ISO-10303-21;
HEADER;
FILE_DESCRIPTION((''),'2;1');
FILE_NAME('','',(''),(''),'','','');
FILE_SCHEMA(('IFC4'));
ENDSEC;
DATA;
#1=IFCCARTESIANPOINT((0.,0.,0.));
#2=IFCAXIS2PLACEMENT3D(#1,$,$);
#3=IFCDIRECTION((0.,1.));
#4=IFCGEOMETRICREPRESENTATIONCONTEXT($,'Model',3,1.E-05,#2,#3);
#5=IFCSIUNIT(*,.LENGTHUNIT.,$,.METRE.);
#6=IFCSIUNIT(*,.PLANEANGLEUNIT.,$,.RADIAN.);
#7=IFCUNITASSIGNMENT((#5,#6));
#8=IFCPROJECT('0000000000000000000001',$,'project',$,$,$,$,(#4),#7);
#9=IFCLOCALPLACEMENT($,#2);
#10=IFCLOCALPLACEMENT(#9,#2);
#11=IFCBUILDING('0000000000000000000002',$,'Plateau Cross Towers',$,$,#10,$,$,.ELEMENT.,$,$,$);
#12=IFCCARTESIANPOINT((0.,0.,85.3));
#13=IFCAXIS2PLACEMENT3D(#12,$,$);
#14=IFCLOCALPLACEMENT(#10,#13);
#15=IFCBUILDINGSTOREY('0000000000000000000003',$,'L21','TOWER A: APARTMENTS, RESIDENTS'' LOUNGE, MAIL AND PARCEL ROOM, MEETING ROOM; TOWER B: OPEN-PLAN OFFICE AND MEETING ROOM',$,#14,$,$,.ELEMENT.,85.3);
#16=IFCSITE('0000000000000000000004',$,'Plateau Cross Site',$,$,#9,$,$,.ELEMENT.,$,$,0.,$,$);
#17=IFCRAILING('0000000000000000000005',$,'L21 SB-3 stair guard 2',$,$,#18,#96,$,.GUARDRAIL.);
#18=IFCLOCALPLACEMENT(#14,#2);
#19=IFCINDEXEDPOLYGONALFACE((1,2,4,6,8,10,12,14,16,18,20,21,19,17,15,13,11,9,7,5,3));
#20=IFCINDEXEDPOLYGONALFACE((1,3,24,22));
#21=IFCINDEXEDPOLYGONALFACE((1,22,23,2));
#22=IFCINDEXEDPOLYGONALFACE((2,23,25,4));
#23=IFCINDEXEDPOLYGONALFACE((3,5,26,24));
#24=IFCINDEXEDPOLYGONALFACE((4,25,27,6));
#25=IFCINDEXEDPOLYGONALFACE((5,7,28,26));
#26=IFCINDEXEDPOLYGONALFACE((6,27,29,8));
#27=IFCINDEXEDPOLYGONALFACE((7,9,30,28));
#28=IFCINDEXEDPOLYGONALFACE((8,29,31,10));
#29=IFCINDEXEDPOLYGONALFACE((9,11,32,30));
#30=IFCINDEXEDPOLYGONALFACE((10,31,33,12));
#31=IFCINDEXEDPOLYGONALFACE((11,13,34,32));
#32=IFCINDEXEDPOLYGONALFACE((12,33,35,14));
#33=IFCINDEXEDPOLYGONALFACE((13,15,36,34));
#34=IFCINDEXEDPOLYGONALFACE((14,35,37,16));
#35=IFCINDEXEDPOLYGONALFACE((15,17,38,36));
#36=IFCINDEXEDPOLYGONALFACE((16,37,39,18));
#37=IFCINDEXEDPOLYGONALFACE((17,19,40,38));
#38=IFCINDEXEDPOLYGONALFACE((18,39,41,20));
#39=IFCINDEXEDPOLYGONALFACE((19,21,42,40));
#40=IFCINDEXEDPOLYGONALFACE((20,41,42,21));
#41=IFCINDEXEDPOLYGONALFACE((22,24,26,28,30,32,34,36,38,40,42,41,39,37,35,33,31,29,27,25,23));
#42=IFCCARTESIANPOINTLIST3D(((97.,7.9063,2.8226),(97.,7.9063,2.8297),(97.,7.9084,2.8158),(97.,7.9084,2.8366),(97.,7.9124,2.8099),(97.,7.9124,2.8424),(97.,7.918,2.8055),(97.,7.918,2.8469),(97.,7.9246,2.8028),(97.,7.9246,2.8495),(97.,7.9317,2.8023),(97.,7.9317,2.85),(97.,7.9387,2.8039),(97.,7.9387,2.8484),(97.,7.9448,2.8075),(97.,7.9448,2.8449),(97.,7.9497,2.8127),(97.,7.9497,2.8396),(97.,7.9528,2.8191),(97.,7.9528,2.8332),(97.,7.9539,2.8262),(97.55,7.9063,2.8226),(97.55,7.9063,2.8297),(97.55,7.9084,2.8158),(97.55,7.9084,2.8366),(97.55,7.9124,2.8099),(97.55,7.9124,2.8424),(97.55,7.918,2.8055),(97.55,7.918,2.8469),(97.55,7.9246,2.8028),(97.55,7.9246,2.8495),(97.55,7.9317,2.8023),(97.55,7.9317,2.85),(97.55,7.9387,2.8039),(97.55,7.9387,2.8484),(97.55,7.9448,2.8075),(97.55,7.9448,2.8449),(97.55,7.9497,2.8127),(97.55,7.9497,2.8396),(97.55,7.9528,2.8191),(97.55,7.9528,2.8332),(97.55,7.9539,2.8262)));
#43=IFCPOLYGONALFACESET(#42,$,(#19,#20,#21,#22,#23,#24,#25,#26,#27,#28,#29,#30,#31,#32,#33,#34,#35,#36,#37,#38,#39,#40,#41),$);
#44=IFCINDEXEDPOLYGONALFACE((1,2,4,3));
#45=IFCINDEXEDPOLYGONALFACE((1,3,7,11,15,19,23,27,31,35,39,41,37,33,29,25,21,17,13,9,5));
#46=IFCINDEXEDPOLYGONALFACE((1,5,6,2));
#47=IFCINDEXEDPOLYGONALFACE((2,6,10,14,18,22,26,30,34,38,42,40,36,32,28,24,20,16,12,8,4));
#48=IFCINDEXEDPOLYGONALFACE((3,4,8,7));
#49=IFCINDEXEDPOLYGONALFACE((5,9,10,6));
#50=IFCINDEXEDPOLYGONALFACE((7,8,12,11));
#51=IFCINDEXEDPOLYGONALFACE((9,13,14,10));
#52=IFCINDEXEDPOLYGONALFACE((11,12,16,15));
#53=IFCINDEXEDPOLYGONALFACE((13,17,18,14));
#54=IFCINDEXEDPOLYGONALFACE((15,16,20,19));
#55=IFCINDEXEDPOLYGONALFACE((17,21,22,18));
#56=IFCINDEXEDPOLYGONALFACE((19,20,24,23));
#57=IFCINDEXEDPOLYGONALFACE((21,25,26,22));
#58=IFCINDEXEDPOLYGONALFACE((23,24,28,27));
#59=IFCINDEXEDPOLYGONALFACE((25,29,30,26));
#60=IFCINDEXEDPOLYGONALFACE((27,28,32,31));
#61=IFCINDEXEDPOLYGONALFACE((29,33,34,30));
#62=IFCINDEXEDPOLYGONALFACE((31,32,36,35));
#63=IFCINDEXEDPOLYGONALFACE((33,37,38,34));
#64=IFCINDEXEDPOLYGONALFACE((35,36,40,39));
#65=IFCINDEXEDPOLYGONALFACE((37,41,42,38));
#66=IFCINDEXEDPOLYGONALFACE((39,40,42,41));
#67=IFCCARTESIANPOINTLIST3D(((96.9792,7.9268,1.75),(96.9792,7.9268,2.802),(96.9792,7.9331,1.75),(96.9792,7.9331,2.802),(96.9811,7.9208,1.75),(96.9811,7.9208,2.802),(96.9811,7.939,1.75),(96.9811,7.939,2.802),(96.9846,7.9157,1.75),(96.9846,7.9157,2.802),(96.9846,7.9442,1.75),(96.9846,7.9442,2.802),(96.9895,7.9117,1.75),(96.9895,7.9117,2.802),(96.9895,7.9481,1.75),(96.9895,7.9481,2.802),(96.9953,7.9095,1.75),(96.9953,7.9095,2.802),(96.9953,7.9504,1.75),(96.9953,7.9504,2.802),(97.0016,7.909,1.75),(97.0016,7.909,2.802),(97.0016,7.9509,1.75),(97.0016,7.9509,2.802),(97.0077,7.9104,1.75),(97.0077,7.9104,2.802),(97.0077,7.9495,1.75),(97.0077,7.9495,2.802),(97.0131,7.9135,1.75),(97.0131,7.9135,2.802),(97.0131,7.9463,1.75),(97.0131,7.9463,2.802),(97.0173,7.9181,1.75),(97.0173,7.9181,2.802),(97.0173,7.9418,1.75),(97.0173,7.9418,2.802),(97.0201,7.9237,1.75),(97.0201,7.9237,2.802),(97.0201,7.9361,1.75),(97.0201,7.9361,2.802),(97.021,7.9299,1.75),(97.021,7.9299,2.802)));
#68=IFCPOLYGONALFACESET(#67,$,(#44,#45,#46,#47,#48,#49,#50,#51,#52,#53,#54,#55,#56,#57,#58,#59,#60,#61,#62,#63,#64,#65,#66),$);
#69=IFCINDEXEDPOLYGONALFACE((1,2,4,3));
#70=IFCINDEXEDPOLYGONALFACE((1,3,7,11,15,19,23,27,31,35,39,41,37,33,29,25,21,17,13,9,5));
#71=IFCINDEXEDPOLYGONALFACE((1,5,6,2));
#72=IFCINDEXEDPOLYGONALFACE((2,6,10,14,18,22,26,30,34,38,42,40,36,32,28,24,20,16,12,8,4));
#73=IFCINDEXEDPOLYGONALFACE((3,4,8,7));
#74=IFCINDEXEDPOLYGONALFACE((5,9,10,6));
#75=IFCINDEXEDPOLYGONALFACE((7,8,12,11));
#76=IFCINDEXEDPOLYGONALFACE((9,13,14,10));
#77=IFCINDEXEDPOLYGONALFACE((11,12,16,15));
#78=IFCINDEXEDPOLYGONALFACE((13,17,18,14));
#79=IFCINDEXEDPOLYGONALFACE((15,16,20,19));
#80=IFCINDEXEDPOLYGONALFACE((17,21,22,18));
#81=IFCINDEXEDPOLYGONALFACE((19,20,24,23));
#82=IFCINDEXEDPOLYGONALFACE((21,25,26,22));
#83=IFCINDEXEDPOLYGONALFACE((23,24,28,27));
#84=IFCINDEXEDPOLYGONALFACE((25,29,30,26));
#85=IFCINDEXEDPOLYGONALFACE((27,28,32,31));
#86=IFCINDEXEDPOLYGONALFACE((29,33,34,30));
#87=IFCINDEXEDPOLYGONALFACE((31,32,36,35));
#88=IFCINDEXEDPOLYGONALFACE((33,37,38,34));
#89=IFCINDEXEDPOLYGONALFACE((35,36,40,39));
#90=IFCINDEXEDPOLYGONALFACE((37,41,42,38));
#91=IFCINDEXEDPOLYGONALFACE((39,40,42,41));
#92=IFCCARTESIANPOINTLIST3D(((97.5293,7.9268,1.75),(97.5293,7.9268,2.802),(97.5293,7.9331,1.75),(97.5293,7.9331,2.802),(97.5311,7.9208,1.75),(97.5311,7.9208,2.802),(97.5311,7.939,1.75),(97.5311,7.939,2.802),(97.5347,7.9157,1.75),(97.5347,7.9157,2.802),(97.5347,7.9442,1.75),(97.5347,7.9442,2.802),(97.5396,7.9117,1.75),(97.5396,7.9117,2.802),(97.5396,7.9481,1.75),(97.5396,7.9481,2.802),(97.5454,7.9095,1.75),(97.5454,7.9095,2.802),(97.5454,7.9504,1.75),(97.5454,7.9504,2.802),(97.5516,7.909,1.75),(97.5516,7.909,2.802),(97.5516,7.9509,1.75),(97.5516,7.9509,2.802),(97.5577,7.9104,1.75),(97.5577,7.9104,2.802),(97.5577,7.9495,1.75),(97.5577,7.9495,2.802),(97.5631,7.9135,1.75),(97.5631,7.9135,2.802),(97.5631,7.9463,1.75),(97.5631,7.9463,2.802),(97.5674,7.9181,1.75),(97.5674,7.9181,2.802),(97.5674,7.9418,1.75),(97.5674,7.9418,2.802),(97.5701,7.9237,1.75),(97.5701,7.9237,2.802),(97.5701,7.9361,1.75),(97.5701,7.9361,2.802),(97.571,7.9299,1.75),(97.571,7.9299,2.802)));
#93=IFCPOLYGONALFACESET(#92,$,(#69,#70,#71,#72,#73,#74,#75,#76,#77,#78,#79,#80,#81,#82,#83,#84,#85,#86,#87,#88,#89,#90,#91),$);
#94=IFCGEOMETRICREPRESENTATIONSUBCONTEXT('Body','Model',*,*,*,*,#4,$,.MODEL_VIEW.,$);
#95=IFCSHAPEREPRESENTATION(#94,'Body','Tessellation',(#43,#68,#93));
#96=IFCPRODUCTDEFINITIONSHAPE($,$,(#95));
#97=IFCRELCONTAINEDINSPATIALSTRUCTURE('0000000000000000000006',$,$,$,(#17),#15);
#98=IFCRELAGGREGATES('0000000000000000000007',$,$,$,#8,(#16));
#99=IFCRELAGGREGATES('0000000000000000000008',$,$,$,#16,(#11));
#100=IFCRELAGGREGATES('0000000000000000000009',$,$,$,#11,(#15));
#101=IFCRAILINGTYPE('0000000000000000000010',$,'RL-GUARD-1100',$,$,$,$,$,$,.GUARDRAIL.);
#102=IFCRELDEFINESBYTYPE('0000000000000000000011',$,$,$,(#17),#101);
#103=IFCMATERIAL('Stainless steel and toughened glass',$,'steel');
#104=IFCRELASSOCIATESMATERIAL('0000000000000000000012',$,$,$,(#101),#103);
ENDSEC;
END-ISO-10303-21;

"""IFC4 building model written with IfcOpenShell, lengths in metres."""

from ifc_helpers import new_model, si_unit, direction, frame, origin, origin_2d, place, context, subcontext, project, spatial, circle, extrude, material, type_object, element, save


model = new_model("IFC4")

# Units and contexts
model_context = context("Model", 3, precision=1e-05, world=origin(), true_north=direction((0.0, 1.0)))
body_context = subcontext(model_context, "Body", "Model", "MODEL_VIEW")
ifc_project = project(units=[si_unit("LENGTHUNIT", "METRE"), si_unit("PLANEANGLEUNIT", "RADIAN")], contexts=[model_context])

# Site, building, storey
site_placement = place(None, origin())
site = spatial("IfcSite", under=ifc_project, at=site_placement, Name="Plateau Cross Site", CompositionType="ELEMENT", RefElevation=0.0)
building_placement = place(site_placement, origin())
building = spatial("IfcBuilding", under=site, at=building_placement, Name="Plateau Cross Towers", CompositionType="ELEMENT")
storey_placement = place(building_placement, frame((0.0, 0.0, 85.3)))
storey = spatial("IfcBuildingStorey", under=building, at=storey_placement, Name="L21", Description="TOWER A: APARTMENTS, RESIDENTS' LOUNGE, MAIL AND PARCEL ROOM, MEETING ROOM; TOWER B: OPEN-PLAN OFFICE AND MEETING ROOM", CompositionType="ELEMENT", Elevation=85.3)

# Railing
ifc_material_1 = material(Name="Stainless steel and toughened glass", Category="steel")
railing_type_1 = type_object("IfcRailingType", Name="RL-GUARD-1100", PredefinedType="GUARDRAIL", material=ifc_material_1)
railing_1_placement = place(storey_placement, frame((97.0, 7.9299, 1.75)))
element("IfcRailing", 1, at=railing_1_placement, inside=storey, type_object=railing_type_1, Name="L21 SB-3 stair guard 2", PredefinedType="GUARDRAIL", context=body_context, shape_type="SweptSolid", body=[
    extrude(circle(Radius=0.0239, at=origin_2d()), frame((0.0, 0.0, 1.0762), z_axis=(1.0, 0.0, 0.0), x_axis=(0.0, 1.0, 0.0)), (0.0, 0.0, 1.0), 0.55),
    extrude(circle(Radius=0.021, at=origin_2d()), origin(), (0.0, 0.0, 1.0), 1.052),
    extrude(circle(Radius=0.021, at=origin_2d()), frame((0.55, 0.0, 0.0)), (0.0, 0.0, 1.0), 1.052),
])

save(model, "model.ifc")
